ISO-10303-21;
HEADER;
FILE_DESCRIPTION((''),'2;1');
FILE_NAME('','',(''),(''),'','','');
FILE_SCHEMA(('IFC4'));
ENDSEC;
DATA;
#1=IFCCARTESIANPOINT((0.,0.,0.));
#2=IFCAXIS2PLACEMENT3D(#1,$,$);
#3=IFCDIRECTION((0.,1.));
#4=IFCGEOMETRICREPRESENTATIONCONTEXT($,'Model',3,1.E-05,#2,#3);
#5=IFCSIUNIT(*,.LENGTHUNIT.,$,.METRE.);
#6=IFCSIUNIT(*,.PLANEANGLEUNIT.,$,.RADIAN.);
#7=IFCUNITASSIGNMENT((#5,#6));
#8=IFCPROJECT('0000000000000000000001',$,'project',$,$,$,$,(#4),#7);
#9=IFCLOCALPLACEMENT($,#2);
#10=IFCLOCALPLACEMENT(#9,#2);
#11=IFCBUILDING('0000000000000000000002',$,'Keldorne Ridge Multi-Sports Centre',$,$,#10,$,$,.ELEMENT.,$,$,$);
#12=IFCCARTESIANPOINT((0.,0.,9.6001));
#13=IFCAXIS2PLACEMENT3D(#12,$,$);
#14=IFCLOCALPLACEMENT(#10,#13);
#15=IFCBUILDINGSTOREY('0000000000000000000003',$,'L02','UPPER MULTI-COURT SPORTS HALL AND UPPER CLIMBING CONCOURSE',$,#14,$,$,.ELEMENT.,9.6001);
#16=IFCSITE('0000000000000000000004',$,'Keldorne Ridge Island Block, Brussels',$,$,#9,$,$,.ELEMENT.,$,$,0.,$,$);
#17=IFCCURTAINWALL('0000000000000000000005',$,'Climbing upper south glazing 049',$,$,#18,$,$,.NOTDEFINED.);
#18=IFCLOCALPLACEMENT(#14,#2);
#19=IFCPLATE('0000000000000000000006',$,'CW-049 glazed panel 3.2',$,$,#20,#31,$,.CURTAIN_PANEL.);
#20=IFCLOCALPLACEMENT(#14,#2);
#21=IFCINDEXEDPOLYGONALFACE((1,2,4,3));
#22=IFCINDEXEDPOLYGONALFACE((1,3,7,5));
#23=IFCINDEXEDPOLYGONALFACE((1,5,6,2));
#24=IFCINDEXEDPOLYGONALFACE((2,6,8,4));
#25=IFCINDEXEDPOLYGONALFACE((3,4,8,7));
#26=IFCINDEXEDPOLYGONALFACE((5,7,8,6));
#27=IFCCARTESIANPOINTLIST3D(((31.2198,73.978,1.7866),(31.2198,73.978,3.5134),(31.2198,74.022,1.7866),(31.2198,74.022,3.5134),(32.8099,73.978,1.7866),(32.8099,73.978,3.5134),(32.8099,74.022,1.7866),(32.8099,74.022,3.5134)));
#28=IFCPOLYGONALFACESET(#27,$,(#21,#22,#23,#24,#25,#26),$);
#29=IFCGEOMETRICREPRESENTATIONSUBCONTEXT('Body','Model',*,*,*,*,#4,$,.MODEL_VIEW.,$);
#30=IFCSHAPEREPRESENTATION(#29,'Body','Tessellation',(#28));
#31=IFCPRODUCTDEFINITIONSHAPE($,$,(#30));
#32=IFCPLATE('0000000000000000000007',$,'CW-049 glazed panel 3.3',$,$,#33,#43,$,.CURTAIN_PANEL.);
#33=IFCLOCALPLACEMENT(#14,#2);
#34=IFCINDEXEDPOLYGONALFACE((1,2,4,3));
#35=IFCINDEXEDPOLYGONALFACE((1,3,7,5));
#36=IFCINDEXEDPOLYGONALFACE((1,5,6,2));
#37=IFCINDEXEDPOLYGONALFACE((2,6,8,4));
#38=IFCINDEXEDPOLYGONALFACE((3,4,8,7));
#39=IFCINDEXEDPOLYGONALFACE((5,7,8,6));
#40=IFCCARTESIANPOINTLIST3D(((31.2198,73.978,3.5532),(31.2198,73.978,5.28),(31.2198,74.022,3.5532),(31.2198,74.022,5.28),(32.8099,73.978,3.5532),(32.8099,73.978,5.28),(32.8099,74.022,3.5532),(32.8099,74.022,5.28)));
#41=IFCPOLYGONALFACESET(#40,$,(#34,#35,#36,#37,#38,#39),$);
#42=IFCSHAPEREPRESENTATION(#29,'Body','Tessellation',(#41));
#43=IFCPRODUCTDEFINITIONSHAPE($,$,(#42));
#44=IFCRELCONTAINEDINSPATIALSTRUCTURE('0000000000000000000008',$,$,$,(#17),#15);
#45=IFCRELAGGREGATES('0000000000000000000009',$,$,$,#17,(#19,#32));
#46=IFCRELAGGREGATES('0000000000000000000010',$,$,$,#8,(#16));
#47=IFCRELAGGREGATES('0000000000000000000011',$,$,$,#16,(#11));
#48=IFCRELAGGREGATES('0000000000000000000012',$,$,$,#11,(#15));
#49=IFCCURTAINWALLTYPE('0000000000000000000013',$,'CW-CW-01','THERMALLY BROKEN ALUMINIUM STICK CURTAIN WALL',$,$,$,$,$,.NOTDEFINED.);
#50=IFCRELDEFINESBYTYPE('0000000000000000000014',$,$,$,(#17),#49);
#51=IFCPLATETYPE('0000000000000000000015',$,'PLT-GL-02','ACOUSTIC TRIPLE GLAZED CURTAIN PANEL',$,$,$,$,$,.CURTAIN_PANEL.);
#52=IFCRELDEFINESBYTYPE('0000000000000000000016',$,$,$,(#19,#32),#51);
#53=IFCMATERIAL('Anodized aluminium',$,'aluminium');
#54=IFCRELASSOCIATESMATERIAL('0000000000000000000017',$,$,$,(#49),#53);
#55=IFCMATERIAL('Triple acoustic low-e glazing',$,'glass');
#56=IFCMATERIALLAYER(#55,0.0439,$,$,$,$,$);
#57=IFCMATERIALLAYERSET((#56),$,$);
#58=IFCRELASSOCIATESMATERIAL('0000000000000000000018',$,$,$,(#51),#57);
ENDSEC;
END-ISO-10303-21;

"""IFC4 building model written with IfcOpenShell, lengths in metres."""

from ifc_helpers import new_model, si_unit, direction, frame, origin, origin_2d, place, context, subcontext, project, spatial, rectangle, extrude, material, layer, layer_set, type_object, element, aggregate, save


model = new_model("IFC4")

# Units and contexts
model_context = context("Model", 3, precision=1e-05, world=origin(), true_north=direction((0.0, 1.0)))
body_context = subcontext(model_context, "Body", "Model", "MODEL_VIEW")
ifc_project = project(units=[si_unit("LENGTHUNIT", "METRE"), si_unit("PLANEANGLEUNIT", "RADIAN")], contexts=[model_context])

# Site, building, storey
site_placement = place(None, origin())
site = spatial("IfcSite", under=ifc_project, at=site_placement, Name="Keldorne Ridge Island Block, Brussels", CompositionType="ELEMENT", RefElevation=0.0)
building_placement = place(site_placement, origin())
building = spatial("IfcBuilding", under=site, at=building_placement, Name="Keldorne Ridge Multi-Sports Centre", CompositionType="ELEMENT")
storey_placement = place(building_placement, frame((0.0, 0.0, 9.6001)))
storey = spatial("IfcBuildingStorey", under=building, at=storey_placement, Name="L02", Description="UPPER MULTI-COURT SPORTS HALL AND UPPER CLIMBING CONCOURSE", CompositionType="ELEMENT", Elevation=9.6001)

# Curtain wall
ifc_material_1 = material(Name="Anodized aluminium", Category="aluminium")
curtain_wall_type = type_object("IfcCurtainWallType", Name="CW-CW-01", Description="THERMALLY BROKEN ALUMINIUM STICK CURTAIN WALL", PredefinedType="NOTDEFINED", material=ifc_material_1)
curtain_wall_placement = place(storey_placement, origin())
curtain_wall = element("IfcCurtainWall", 1, at=curtain_wall_placement, inside=storey, type_object=curtain_wall_type, Name="Climbing upper south glazing 049", PredefinedType="NOTDEFINED")

# Plates
ifc_material_2 = material(Name="Triple acoustic low-e glazing", Category="glass")
ifc_layer = layer(ifc_material_2, 0.0439)
ifc_layer_set = layer_set([ifc_layer])
plate_type = type_object("IfcPlateType", Name="PLT-GL-02", Description="ACOUSTIC TRIPLE GLAZED CURTAIN PANEL", PredefinedType="CURTAIN_PANEL", material=ifc_layer_set)
plate_1_placement = place(storey_placement, frame((32.0149, 74.0, 1.7866), z_axis=(0.0, 0.0, 1.0), x_axis=(1.0, 0.0, 0.0)))
plate_1 = element("IfcPlate", 2, at=plate_1_placement, type_object=plate_type, Name="CW-049 glazed panel 3.2", PredefinedType="CURTAIN_PANEL", context=body_context, shape_type="SweptSolid", body=[
    extrude(rectangle(XDim=1.5901, YDim=0.0439, at=origin_2d()), origin(), (0.0, 0.0, 1.0), 1.7268),
])
plate_2_placement = place(storey_placement, frame((32.0149, 74.0, 3.5532), z_axis=(0.0, 0.0, 1.0), x_axis=(1.0, 0.0, 0.0)))
plate_2 = element("IfcPlate", 3, at=plate_2_placement, type_object=plate_type, Name="CW-049 glazed panel 3.3", PredefinedType="CURTAIN_PANEL", context=body_context, shape_type="SweptSolid", body=[
    extrude(rectangle(XDim=1.5901, YDim=0.0439, at=origin_2d()), origin(), (0.0, 0.0, 1.0), 1.7268),
])
aggregate(curtain_wall, [plate_1, plate_2])

save(model, "model.ifc")
